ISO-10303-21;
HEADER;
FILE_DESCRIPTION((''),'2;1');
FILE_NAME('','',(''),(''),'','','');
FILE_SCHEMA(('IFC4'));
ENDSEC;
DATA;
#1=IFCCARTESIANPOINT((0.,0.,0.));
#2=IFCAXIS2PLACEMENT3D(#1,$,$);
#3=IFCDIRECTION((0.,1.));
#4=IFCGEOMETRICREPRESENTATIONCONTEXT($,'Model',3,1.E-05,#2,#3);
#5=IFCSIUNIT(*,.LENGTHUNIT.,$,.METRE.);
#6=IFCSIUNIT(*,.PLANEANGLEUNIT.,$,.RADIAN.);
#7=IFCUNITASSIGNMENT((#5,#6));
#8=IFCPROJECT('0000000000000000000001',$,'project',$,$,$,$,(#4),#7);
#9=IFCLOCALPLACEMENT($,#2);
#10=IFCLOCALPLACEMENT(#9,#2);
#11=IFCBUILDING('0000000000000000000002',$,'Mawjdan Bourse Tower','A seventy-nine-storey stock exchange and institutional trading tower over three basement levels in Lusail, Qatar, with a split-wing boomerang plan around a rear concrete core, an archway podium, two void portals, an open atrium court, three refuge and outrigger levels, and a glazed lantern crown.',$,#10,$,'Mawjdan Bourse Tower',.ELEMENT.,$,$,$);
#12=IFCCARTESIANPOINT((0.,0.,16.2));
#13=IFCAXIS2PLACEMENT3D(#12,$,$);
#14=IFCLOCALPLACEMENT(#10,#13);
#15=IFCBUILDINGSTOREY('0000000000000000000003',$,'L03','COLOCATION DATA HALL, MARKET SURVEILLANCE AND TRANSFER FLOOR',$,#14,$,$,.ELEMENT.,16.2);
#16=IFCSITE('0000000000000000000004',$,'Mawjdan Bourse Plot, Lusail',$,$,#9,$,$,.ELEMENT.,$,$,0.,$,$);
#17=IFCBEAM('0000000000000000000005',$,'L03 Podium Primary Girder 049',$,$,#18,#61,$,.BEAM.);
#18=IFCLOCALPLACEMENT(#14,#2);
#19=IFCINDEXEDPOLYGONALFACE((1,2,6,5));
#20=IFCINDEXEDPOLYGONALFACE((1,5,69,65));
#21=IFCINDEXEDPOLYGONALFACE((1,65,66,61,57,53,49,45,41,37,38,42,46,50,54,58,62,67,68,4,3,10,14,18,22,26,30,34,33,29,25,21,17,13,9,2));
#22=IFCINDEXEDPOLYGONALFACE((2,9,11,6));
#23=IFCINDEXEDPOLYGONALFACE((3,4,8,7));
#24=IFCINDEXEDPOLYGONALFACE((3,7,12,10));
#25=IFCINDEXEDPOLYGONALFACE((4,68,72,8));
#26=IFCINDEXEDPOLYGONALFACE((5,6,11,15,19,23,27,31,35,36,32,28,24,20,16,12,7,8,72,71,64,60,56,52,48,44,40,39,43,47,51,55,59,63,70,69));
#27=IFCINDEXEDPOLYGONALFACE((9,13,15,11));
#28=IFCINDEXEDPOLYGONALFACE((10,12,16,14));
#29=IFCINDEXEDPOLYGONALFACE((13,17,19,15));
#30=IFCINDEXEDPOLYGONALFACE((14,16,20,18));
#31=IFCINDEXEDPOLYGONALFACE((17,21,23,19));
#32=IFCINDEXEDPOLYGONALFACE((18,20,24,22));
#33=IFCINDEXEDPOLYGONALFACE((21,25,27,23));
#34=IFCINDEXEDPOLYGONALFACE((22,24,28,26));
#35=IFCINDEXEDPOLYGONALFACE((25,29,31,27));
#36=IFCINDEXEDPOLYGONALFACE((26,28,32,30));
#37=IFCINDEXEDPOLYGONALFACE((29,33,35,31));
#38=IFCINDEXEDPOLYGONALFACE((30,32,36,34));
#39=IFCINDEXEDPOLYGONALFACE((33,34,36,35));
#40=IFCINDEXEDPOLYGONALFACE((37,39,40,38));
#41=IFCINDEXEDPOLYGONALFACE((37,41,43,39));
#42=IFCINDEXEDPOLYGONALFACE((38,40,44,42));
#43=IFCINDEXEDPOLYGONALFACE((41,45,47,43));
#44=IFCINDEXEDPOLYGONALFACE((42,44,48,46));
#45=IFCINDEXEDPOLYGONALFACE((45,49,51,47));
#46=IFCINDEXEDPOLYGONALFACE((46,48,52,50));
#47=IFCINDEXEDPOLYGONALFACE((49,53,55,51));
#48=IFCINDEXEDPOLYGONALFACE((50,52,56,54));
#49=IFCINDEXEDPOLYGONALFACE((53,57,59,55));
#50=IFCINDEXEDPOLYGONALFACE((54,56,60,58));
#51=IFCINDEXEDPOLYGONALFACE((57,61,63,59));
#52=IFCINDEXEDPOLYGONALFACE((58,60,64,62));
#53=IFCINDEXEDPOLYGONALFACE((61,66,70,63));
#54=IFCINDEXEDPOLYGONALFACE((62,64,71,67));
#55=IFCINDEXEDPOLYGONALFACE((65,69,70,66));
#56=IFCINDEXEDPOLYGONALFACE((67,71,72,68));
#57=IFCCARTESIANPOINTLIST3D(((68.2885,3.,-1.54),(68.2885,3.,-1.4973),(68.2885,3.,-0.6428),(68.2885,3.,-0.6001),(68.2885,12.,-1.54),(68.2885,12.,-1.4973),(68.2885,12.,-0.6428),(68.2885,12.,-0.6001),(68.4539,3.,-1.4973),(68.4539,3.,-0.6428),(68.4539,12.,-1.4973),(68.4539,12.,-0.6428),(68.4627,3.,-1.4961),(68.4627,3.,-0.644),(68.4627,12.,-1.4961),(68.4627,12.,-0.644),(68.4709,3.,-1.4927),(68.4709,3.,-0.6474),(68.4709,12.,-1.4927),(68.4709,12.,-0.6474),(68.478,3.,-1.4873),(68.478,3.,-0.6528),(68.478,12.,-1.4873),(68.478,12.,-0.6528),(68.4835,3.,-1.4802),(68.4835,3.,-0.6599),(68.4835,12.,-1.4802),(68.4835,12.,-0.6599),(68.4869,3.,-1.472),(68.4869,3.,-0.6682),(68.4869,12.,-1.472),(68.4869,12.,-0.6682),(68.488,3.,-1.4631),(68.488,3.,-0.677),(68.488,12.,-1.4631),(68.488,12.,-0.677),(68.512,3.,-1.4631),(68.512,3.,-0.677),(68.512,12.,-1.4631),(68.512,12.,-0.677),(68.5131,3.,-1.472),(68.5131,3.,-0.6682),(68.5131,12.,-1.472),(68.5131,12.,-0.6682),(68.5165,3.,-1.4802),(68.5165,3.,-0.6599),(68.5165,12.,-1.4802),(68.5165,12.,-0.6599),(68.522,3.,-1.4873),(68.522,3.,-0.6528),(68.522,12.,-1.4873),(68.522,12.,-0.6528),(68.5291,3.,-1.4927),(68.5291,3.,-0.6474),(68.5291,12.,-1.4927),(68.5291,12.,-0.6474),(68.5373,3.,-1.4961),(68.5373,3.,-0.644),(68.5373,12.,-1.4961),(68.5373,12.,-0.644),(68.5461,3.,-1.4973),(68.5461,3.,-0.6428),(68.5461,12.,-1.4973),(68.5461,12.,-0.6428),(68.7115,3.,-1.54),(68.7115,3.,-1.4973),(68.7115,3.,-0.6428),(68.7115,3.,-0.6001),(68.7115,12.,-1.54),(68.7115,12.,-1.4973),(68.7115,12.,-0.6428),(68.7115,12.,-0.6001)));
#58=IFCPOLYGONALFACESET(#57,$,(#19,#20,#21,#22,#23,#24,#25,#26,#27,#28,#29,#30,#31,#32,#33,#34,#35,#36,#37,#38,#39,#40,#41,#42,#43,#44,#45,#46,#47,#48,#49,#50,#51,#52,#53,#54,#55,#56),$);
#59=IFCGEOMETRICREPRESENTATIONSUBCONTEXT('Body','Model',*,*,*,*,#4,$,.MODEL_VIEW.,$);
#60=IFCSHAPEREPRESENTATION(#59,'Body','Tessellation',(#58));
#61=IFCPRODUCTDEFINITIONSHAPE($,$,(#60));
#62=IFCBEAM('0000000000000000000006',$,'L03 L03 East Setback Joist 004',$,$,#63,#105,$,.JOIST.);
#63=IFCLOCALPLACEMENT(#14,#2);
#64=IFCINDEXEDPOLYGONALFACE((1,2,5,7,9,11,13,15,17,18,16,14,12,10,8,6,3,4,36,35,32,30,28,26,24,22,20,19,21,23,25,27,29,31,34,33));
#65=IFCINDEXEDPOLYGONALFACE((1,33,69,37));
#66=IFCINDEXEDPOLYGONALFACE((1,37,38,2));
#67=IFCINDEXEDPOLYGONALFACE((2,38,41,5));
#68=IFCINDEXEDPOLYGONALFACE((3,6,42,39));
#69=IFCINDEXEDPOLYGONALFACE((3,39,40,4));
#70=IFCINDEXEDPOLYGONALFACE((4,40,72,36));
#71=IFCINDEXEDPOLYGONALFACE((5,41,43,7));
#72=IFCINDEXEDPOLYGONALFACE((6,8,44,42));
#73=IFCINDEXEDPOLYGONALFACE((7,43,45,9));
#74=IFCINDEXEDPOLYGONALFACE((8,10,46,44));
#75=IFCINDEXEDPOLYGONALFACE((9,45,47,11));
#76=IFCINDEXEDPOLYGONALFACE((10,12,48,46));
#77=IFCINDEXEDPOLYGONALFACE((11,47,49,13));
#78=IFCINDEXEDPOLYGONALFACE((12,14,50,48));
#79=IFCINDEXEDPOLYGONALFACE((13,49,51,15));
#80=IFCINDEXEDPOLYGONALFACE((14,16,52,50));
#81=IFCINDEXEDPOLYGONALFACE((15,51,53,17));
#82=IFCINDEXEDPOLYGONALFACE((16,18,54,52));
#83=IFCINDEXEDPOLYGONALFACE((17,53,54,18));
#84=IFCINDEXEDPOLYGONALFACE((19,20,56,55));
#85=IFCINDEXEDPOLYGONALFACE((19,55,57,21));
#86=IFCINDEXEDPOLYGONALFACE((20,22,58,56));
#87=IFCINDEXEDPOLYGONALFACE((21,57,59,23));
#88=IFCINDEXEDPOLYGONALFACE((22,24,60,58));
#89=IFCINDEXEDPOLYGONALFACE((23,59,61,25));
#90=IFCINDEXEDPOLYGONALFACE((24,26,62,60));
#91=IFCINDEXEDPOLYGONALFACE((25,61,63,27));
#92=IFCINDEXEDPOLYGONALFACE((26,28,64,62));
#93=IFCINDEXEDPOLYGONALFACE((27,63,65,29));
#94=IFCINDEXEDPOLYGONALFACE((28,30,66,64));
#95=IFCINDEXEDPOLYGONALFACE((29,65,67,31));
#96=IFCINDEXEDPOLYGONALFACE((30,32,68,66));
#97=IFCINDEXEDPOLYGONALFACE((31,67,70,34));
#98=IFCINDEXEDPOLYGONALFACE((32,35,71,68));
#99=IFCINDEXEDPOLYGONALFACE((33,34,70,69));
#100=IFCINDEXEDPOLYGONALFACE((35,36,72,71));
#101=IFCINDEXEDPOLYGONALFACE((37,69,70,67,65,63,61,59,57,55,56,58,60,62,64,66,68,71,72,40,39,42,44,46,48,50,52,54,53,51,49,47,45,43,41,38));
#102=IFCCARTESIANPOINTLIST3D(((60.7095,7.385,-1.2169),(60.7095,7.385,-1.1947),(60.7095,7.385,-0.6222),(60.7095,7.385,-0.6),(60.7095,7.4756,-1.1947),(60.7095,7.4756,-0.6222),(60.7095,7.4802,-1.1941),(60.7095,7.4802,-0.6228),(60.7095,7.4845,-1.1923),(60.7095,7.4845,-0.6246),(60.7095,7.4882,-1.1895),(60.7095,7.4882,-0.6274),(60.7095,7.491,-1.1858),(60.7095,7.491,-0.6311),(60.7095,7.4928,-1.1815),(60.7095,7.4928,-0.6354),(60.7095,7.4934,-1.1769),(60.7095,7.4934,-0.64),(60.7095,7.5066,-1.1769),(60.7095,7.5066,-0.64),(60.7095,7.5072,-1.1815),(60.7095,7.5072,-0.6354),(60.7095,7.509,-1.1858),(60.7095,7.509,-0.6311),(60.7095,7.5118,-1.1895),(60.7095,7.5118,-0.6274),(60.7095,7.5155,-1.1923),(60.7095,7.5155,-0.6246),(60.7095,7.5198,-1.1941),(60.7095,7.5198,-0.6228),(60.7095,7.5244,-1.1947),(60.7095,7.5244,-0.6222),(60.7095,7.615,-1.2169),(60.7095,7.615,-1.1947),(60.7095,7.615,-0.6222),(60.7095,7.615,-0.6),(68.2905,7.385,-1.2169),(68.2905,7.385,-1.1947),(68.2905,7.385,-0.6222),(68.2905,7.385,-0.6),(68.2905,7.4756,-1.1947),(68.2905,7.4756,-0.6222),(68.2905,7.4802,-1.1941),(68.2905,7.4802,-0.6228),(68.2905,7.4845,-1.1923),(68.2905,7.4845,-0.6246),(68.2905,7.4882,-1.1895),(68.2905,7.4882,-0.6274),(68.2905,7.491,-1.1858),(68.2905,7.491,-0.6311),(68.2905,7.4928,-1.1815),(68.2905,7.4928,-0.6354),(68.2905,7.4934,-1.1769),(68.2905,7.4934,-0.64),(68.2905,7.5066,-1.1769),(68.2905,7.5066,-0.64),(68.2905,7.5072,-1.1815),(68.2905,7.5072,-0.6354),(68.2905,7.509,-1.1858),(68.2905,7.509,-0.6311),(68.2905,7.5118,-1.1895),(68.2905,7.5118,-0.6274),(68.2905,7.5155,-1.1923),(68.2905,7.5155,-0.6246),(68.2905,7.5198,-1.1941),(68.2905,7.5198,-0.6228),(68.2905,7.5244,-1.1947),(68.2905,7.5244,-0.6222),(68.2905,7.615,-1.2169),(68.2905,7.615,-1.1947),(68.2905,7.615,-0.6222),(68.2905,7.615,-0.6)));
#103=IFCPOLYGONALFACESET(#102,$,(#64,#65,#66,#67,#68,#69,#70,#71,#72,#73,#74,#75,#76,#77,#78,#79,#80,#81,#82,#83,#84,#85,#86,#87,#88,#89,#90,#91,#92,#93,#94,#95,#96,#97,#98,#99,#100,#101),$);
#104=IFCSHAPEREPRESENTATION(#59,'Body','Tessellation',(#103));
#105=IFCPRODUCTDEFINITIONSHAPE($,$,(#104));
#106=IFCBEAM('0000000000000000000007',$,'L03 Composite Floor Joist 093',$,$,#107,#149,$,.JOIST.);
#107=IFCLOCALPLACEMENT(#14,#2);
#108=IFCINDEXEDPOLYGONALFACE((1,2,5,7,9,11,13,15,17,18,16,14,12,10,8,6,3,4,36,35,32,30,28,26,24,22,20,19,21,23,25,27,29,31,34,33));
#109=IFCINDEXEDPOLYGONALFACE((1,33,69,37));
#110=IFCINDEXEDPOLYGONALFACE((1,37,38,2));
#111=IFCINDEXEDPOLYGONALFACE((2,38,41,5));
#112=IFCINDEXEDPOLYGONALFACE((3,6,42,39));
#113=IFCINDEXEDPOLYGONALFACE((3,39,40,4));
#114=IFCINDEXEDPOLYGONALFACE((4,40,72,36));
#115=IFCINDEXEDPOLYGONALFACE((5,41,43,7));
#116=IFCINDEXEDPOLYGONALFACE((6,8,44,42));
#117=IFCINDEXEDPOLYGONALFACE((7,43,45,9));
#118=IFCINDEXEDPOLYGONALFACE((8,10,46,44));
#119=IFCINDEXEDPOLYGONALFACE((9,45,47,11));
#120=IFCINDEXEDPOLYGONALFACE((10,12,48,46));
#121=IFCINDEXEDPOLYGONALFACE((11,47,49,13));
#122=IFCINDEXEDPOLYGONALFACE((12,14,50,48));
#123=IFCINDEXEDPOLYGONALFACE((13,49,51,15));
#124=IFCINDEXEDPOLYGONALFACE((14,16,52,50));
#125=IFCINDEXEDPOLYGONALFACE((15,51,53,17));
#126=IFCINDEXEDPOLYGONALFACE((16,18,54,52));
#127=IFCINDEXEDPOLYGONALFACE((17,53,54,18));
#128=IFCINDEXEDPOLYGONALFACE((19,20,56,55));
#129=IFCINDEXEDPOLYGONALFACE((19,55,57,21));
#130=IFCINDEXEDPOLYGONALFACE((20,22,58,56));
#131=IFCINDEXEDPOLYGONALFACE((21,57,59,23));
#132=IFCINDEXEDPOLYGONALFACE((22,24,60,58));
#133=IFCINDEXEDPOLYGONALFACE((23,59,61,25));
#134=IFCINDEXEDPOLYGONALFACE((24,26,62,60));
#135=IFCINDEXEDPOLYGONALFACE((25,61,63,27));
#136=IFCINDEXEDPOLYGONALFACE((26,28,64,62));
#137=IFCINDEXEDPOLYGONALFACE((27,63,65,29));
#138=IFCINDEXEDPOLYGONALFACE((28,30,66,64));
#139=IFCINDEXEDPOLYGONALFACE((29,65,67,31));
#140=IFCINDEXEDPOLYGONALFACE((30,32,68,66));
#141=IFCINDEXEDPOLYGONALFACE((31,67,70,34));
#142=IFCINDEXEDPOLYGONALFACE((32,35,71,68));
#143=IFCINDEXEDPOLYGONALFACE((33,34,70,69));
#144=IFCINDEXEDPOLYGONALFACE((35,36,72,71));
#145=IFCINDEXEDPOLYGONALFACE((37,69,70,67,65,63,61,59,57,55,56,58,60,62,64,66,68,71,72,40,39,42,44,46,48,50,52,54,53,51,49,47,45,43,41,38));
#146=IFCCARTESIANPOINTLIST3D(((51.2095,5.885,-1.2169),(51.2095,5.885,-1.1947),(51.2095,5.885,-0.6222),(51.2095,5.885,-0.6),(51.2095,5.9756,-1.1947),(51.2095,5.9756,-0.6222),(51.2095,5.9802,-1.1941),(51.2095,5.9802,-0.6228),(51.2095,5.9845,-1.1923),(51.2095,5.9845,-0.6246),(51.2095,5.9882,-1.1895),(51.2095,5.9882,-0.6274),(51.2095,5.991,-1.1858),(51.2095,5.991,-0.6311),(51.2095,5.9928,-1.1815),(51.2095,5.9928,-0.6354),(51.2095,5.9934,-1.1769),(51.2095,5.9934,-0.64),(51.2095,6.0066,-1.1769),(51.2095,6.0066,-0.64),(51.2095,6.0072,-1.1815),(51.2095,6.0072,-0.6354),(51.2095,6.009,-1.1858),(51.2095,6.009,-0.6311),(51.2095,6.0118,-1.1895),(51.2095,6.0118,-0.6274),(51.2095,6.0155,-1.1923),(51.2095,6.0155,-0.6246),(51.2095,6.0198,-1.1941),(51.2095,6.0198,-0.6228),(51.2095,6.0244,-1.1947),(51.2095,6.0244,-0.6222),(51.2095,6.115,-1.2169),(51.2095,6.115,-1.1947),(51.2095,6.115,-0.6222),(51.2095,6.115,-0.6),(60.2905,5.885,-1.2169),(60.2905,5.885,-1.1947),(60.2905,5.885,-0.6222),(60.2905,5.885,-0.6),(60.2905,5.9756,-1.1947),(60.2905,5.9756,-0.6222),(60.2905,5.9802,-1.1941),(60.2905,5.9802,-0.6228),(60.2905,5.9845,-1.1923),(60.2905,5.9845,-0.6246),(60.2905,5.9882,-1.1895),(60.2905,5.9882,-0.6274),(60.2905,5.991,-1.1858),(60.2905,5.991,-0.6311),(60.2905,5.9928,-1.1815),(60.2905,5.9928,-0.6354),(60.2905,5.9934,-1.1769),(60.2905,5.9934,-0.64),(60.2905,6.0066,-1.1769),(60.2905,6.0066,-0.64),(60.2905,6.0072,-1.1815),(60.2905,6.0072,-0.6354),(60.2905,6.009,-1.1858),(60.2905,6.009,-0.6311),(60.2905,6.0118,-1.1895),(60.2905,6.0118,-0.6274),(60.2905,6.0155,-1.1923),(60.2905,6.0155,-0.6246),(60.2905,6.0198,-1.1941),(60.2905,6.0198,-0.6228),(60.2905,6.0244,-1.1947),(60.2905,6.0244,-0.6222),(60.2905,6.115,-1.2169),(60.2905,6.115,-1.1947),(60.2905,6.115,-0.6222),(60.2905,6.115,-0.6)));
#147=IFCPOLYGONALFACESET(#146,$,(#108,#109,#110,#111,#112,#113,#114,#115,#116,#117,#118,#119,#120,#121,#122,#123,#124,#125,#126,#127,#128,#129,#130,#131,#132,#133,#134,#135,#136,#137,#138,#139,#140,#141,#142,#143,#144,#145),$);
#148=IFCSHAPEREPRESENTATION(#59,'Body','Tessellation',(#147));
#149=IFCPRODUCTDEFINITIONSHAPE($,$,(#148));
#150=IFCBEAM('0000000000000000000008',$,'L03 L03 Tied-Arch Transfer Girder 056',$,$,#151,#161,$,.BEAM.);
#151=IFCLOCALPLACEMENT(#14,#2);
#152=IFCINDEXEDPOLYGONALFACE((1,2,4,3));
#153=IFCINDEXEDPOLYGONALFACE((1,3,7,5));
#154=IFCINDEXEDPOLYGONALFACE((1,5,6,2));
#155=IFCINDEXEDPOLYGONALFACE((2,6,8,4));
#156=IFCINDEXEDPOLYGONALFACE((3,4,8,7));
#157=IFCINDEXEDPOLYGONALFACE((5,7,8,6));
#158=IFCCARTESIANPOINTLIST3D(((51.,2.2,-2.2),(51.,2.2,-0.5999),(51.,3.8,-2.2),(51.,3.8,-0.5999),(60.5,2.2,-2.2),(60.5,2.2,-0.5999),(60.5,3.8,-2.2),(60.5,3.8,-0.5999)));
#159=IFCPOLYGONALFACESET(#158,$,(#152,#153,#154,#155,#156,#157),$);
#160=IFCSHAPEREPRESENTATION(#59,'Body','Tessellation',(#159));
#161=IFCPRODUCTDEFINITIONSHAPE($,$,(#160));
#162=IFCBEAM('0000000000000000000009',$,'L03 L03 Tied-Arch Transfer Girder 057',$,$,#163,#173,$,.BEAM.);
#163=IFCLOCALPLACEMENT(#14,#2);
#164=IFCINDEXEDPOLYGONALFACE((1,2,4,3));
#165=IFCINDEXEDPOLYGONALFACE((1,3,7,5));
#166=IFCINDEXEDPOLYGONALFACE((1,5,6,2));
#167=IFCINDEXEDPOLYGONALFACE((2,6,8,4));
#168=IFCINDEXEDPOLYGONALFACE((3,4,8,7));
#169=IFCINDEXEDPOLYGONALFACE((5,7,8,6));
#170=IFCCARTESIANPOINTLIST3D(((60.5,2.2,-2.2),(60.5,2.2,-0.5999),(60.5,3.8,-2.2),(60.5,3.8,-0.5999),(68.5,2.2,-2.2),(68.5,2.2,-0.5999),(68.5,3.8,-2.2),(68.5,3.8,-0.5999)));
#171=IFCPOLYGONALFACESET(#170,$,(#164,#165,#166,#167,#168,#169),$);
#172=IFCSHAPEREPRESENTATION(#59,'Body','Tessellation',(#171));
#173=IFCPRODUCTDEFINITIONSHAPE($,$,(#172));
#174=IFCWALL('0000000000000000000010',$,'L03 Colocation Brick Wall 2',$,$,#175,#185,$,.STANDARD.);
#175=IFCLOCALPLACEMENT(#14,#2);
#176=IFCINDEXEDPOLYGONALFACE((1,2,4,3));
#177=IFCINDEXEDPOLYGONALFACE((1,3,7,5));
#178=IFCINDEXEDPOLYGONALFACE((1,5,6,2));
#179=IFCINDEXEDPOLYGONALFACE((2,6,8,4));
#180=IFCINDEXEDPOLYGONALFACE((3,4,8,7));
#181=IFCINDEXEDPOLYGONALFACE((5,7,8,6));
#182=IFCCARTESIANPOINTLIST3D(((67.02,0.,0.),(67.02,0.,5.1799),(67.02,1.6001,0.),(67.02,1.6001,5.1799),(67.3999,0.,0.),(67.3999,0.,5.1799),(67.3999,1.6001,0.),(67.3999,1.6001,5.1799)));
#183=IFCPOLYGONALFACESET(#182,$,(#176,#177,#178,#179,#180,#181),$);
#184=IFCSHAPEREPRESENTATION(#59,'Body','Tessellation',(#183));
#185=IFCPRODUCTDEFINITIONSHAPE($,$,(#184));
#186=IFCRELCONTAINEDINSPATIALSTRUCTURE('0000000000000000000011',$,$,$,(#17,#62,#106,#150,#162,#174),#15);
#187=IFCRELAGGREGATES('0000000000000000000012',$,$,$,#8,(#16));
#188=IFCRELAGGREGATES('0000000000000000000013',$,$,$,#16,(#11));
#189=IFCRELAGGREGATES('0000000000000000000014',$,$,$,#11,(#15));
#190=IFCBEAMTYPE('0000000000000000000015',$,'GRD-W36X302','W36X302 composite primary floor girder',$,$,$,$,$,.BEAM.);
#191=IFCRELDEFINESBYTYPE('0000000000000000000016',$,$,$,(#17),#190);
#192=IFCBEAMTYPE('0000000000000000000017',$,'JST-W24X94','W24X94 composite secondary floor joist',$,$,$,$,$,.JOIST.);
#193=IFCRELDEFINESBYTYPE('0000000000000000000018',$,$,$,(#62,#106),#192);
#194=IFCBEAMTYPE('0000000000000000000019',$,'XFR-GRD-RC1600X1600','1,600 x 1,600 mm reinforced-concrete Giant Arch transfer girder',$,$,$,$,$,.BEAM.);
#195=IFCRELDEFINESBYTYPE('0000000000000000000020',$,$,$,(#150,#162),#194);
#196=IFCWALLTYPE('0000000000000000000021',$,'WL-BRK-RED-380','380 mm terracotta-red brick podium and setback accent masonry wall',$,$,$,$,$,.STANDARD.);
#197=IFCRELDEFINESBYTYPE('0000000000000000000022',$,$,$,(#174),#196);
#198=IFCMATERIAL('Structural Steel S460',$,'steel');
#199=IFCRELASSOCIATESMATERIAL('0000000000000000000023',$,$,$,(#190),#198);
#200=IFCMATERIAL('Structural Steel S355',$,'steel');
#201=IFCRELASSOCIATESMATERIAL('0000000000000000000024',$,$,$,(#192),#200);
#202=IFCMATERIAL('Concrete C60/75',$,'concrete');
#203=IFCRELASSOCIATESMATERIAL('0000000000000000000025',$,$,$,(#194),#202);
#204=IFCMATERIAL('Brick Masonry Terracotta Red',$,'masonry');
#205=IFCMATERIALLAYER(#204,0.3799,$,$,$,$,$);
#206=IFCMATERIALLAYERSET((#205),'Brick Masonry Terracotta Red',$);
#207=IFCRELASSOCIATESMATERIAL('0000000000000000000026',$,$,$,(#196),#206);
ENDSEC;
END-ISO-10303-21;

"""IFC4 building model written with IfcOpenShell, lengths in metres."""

from ifc_helpers import new_model, si_unit, direction, frame, frame_2d, origin, origin_2d, place, context, subcontext, project, spatial, rectangle, i_section, extrude, material, layer, layer_set, material_profile, profile_set, type_object, element, save


model = new_model("IFC4")

# Units and contexts
model_context = context("Model", 3, precision=1e-05, world=origin(), true_north=direction((0.0, 1.0)))
body_context = subcontext(model_context, "Body", "Model", "MODEL_VIEW")
ifc_project = project(units=[si_unit("LENGTHUNIT", "METRE"), si_unit("PLANEANGLEUNIT", "RADIAN")], contexts=[model_context])

# Site, building, storey
site_placement = place(None, origin())
site = spatial("IfcSite", under=ifc_project, at=site_placement, Name="Mawjdan Bourse Plot, Lusail", CompositionType="ELEMENT", RefElevation=0.0)
building_placement = place(site_placement, origin())
building = spatial("IfcBuilding", under=site, at=building_placement, Name="Mawjdan Bourse Tower", Description="A seventy-nine-storey stock exchange and institutional trading tower over three basement levels in Lusail, Qatar, with a split-wing boomerang plan around a rear concrete core, an archway podium, two void portals, an open atrium court, three refuge and outrigger levels, and a glazed lantern crown.", LongName="Mawjdan Bourse Tower", CompositionType="ELEMENT")
storey_placement = place(building_placement, frame((0.0, 0.0, 16.2)))
storey = spatial("IfcBuildingStorey", under=building, at=storey_placement, Name="L03", Description="COLOCATION DATA HALL, MARKET SURVEILLANCE AND TRANSFER FLOOR", CompositionType="ELEMENT", Elevation=16.2)

# Beams
ifc_material_1 = material(Name="Structural Steel S460", Category="steel")
ifc_material_profile_1 = material_profile(ifc_material_1, i_section(OverallWidth=0.4231, OverallDepth=0.9399, WebThickness=0.0239, FlangeThickness=0.0427, FilletRadius=0.0342, at=origin_2d()), Name="W36X302")
ifc_profile_set_1 = profile_set([ifc_material_profile_1], Name="Structural Steel S460")
beam_type_1 = type_object("IfcBeamType", Name="GRD-W36X302", Description="W36X302 composite primary floor girder", PredefinedType="BEAM", material=ifc_profile_set_1)
for number, where, z_axis, x_axis, name in (
    (1, (68.5, 3.0, -1.0701), (0.0, 1.0, 0.0), (-1.0, 0.0, 0.0), "L03 Podium Primary Girder 049"),
):
    element("IfcBeam", number, at=place(storey_placement, frame(where, z_axis=z_axis, x_axis=x_axis)), inside=storey, type_object=beam_type_1, Name=name, PredefinedType="BEAM", context=body_context, shape_type="SweptSolid", body=[
        extrude(i_section(OverallWidth=0.4231, OverallDepth=0.9399, WebThickness=0.0239, FlangeThickness=0.0427, FilletRadius=0.0342, at=origin_2d()), origin(), (0.0, 0.0, 1.0), 9.0),
    ])
ifc_material_2 = material(Name="Structural Steel S355", Category="steel")
ifc_material_profile_2 = material_profile(ifc_material_2, i_section(OverallWidth=0.23, OverallDepth=0.6169, WebThickness=0.0132, FlangeThickness=0.0222, FilletRadius=0.0178, at=origin_2d()), Name="W24X94")
ifc_profile_set_2 = profile_set([ifc_material_profile_2], Name="Structural Steel S355")
beam_type_2 = type_object("IfcBeamType", Name="JST-W24X94", Description="W24X94 composite secondary floor joist", PredefinedType="JOIST", material=ifc_profile_set_2)
beam_1_placement = place(storey_placement, frame((60.7095, 7.5, -0.9084), z_axis=(1.0, 0.0, 0.0), x_axis=(0.0, 1.0, 0.0)))
element("IfcBeam", 2, at=beam_1_placement, inside=storey, type_object=beam_type_2, Name="L03 L03 East Setback Joist 004", PredefinedType="JOIST", context=body_context, shape_type="SweptSolid", body=[
    extrude(i_section(OverallWidth=0.23, OverallDepth=0.6169, WebThickness=0.0132, FlangeThickness=0.0222, FilletRadius=0.0178, at=origin_2d()), origin(), (0.0, 0.0, 1.0), 7.5811),
])
beam_2_placement = place(storey_placement, frame((51.2095, 6.0, -0.9084), z_axis=(1.0, 0.0, 0.0), x_axis=(0.0, 1.0, 0.0)))
element("IfcBeam", 3, at=beam_2_placement, inside=storey, type_object=beam_type_2, Name="L03 Composite Floor Joist 093", PredefinedType="JOIST", context=body_context, shape_type="SweptSolid", body=[
    extrude(i_section(OverallWidth=0.23, OverallDepth=0.6169, WebThickness=0.0132, FlangeThickness=0.0222, FilletRadius=0.0178, at=origin_2d()), origin(), (0.0, 0.0, 1.0), 9.0811),
])
ifc_material_3 = material(Name="Concrete C60/75", Category="concrete")
ifc_material_profile_3 = material_profile(ifc_material_3, rectangle(XDim=1.6001, YDim=1.6001, at=origin_2d()), Name="RC1600X1600")
ifc_profile_set_3 = profile_set([ifc_material_profile_3], Name="Concrete C60/75")
beam_type_3 = type_object("IfcBeamType", Name="XFR-GRD-RC1600X1600", Description="1,600 x 1,600 mm reinforced-concrete Giant Arch transfer girder", PredefinedType="BEAM", material=ifc_profile_set_3)
beam_3_placement = place(storey_placement, frame((51.0, 3.0, -1.3999), z_axis=(1.0, 0.0, 0.0), x_axis=(0.0, 1.0, 0.0)))
element("IfcBeam", 4, at=beam_3_placement, inside=storey, type_object=beam_type_3, Name="L03 L03 Tied-Arch Transfer Girder 056", PredefinedType="BEAM", context=body_context, shape_type="SweptSolid", body=[
    extrude(rectangle(XDim=1.6001, YDim=1.6001, at=origin_2d()), origin(), (0.0, 0.0, 1.0), 9.5),
])
beam_4_placement = place(storey_placement, frame((60.5, 3.0, -1.3999), z_axis=(1.0, 0.0, 0.0), x_axis=(0.0, 1.0, 0.0)))
element("IfcBeam", 5, at=beam_4_placement, inside=storey, type_object=beam_type_3, Name="L03 L03 Tied-Arch Transfer Girder 057", PredefinedType="BEAM", context=body_context, shape_type="SweptSolid", body=[
    extrude(rectangle(XDim=1.6001, YDim=1.6001, at=origin_2d()), origin(), (0.0, 0.0, 1.0), 8.0),
])

# Wall
ifc_material_4 = material(Name="Brick Masonry Terracotta Red", Category="masonry")
ifc_layer_1 = layer(ifc_material_4, 0.3799)
ifc_layer_set_1 = layer_set([ifc_layer_1], Name="Brick Masonry Terracotta Red")
wall_type_1 = type_object("IfcWallType", Name="WL-BRK-RED-380", Description="380 mm terracotta-red brick podium and setback accent masonry wall", PredefinedType="STANDARD", material=ifc_layer_set_1)
for number, where, z_axis, x_axis, name in (
    (6, (67.21, 0.0, 0.0), (0.0, 0.0, 1.0), (0.0, 1.0, 0.0), "L03 Colocation Brick Wall 2"),
):
    element("IfcWall", number, at=place(storey_placement, frame(where, z_axis=z_axis, x_axis=x_axis)), inside=storey, type_object=wall_type_1, Name=name, PredefinedType="STANDARD", context=body_context, shape_type="SweptSolid", body=[
        extrude(rectangle(XDim=1.6001, YDim=0.3799, at=frame_2d((0.8, 0.0))), origin(), (0.0, 0.0, 1.0), 5.1799),
    ])

save(model, "model.ifc")
